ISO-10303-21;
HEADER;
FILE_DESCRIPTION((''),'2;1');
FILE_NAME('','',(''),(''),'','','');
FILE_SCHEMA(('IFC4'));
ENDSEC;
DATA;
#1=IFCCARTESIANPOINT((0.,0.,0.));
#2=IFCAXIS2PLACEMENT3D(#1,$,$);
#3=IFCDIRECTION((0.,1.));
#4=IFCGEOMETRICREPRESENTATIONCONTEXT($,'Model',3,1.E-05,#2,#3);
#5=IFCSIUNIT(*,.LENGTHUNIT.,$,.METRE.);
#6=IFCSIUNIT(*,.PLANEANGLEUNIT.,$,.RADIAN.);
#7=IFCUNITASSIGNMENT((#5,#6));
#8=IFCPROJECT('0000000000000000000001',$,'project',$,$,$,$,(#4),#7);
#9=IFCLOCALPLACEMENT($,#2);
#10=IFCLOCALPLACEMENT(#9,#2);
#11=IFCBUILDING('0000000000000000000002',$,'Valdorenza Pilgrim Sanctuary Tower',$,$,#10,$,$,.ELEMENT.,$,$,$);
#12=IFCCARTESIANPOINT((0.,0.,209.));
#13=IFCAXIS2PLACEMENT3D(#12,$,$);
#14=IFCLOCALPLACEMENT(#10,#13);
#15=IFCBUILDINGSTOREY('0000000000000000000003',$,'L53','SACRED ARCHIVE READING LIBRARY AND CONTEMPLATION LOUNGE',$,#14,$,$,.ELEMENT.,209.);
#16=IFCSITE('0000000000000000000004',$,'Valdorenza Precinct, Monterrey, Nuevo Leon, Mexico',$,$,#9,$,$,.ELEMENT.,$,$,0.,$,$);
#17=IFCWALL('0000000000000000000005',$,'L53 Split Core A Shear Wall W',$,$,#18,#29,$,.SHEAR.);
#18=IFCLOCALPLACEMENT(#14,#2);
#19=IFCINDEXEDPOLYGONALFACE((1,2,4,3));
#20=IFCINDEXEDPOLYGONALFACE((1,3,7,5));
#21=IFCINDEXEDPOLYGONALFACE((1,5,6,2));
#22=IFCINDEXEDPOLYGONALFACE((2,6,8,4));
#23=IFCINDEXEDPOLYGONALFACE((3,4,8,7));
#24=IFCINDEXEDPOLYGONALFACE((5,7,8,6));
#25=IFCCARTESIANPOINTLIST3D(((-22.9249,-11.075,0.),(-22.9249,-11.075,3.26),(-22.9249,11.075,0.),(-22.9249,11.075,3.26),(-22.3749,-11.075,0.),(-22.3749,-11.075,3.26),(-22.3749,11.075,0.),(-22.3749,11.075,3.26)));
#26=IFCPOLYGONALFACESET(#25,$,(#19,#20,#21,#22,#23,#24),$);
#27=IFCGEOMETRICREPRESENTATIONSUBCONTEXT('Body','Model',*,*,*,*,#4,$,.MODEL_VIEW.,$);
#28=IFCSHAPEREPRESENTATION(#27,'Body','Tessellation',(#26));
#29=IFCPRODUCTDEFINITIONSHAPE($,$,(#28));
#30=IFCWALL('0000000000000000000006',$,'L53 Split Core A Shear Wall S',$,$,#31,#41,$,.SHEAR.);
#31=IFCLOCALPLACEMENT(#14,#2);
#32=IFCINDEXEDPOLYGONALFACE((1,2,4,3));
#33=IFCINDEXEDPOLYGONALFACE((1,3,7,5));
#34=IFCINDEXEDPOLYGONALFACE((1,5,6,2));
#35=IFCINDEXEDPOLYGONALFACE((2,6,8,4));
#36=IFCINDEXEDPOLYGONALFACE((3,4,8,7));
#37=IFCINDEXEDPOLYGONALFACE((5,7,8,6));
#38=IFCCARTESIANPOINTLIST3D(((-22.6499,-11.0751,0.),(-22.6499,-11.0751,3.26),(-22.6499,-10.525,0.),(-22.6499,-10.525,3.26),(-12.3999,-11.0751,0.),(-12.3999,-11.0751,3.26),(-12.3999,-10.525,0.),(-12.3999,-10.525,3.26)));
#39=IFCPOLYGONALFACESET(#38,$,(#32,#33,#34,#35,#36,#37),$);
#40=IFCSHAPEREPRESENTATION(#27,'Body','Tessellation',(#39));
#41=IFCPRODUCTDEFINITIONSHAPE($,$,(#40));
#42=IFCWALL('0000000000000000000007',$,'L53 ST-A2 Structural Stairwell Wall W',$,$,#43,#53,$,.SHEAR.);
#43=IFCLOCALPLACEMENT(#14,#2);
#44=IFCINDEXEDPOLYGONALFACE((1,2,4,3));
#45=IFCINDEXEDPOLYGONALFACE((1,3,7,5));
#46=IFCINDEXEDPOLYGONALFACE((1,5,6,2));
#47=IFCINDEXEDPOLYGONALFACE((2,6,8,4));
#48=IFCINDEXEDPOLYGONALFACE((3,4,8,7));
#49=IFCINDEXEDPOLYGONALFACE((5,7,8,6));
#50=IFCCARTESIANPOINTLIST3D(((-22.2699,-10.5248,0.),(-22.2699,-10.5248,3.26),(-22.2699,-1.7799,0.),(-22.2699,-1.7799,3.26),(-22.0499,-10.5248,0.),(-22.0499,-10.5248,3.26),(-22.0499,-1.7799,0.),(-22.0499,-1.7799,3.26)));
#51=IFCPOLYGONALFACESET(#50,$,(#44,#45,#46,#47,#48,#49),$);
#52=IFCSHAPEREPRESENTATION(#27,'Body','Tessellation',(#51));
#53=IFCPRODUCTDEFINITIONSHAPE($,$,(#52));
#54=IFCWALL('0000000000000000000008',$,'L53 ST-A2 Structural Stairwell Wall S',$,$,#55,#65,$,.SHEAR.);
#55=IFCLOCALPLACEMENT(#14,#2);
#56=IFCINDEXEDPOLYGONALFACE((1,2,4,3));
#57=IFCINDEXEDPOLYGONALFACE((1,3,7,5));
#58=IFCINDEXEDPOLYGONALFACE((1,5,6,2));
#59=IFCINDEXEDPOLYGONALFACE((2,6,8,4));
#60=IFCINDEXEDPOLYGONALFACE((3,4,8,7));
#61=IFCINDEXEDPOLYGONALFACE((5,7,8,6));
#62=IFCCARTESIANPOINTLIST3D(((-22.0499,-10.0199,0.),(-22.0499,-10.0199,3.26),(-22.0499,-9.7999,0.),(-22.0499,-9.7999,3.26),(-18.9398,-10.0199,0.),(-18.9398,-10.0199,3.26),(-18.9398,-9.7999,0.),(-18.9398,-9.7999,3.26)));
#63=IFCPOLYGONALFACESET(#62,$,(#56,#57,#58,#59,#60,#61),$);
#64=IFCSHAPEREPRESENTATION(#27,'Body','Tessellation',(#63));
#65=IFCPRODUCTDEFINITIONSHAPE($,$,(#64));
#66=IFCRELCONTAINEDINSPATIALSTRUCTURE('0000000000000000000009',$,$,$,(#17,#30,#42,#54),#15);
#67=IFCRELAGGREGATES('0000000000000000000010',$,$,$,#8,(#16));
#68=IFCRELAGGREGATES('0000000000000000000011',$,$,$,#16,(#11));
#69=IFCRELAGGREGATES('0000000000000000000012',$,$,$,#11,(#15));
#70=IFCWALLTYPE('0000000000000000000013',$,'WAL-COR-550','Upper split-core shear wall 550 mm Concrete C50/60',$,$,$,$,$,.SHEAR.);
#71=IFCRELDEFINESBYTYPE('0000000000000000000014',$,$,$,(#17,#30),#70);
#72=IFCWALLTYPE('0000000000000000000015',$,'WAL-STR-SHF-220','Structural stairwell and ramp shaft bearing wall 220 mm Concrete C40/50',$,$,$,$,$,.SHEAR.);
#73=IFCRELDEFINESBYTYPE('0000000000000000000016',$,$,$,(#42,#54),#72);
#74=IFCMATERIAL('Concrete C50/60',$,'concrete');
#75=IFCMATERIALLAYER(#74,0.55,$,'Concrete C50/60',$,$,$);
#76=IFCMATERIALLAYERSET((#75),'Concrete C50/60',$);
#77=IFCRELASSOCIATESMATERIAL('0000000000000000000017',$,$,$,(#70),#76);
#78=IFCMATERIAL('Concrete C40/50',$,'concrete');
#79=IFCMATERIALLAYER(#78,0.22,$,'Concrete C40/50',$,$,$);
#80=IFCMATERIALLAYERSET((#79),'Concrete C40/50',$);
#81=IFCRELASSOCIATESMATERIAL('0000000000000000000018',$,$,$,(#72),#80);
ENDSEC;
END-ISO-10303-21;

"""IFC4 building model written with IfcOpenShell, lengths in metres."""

from ifc_helpers import new_model, si_unit, direction, frame, frame_2d, origin, place, context, subcontext, project, spatial, rectangle, extrude, material, layer, layer_set, type_object, element, save


model = new_model("IFC4")

# Units and contexts
model_context = context("Model", 3, precision=1e-05, world=origin(), true_north=direction((0.0, 1.0)))
body_context = subcontext(model_context, "Body", "Model", "MODEL_VIEW")
ifc_project = project(units=[si_unit("LENGTHUNIT", "METRE"), si_unit("PLANEANGLEUNIT", "RADIAN")], contexts=[model_context])

# Site, building, storey
site_placement = place(None, origin())
site = spatial("IfcSite", under=ifc_project, at=site_placement, Name="Valdorenza Precinct, Monterrey, Nuevo Leon, Mexico", CompositionType="ELEMENT", RefElevation=0.0)
building_placement = place(site_placement, origin())
building = spatial("IfcBuilding", under=site, at=building_placement, Name="Valdorenza Pilgrim Sanctuary Tower", CompositionType="ELEMENT")
storey_placement = place(building_placement, frame((0.0, 0.0, 209.0)))
storey = spatial("IfcBuildingStorey", under=building, at=storey_placement, Name="L53", Description="SACRED ARCHIVE READING LIBRARY AND CONTEMPLATION LOUNGE", CompositionType="ELEMENT", Elevation=209.0)

# Shared definitions
ifc_material_1 = material(Name="Concrete C50/60", Category="concrete")

# Walls
ifc_layer_1 = layer(ifc_material_1, 0.55, Name="Concrete C50/60")
ifc_layer_set_1 = layer_set([ifc_layer_1], Name="Concrete C50/60")
wall_type_1 = type_object("IfcWallType", Name="WAL-COR-550", Description="Upper split-core shear wall 550 mm Concrete C50/60", PredefinedType="SHEAR", material=ifc_layer_set_1)
wall_1_placement = place(storey_placement, frame((-22.6499, -11.075, 0.0), z_axis=(0.0, 0.0, 1.0), x_axis=(0.0, 1.0, 0.0)))
element("IfcWall", 1, at=wall_1_placement, inside=storey, type_object=wall_type_1, Name="L53 Split Core A Shear Wall W", PredefinedType="SHEAR", context=body_context, shape_type="SweptSolid", body=[
    extrude(rectangle(XDim=22.1499, YDim=0.55, at=frame_2d((11.075, 0.0))), origin(), (0.0, 0.0, 1.0), 3.26),
])
wall_2_placement = place(storey_placement, frame((-22.6499, -10.8, 0.0), z_axis=(0.0, 0.0, 1.0), x_axis=(1.0, 0.0, 0.0)))
element("IfcWall", 2, at=wall_2_placement, inside=storey, type_object=wall_type_1, Name="L53 Split Core A Shear Wall S", PredefinedType="SHEAR", context=body_context, shape_type="SweptSolid", body=[
    extrude(rectangle(XDim=10.25, YDim=0.55, at=frame_2d((5.125, 0.0))), origin(), (0.0, 0.0, 1.0), 3.26),
])
ifc_material_2 = material(Name="Concrete C40/50", Category="concrete")
ifc_layer_2 = layer(ifc_material_2, 0.22, Name="Concrete C40/50")
ifc_layer_set_2 = layer_set([ifc_layer_2], Name="Concrete C40/50")
wall_type_2 = type_object("IfcWallType", Name="WAL-STR-SHF-220", Description="Structural stairwell and ramp shaft bearing wall 220 mm Concrete C40/50", PredefinedType="SHEAR", material=ifc_layer_set_2)
wall_3_placement = place(storey_placement, frame((-22.1599, -10.5249, 0.0), z_axis=(0.0, 0.0, 1.0), x_axis=(0.0, 1.0, 0.0)))
element("IfcWall", 3, at=wall_3_placement, inside=storey, type_object=wall_type_2, Name="L53 ST-A2 Structural Stairwell Wall W", PredefinedType="SHEAR", context=body_context, shape_type="SweptSolid", body=[
    extrude(rectangle(XDim=8.7449, YDim=0.22, at=frame_2d((4.3726, 0.0))), origin(), (0.0, 0.0, 1.0), 3.26),
])
wall_4_placement = place(storey_placement, frame((-22.05, -9.9099, 0.0), z_axis=(0.0, 0.0, 1.0), x_axis=(1.0, 0.0, 0.0)))
element("IfcWall", 4, at=wall_4_placement, inside=storey, type_object=wall_type_2, Name="L53 ST-A2 Structural Stairwell Wall S", PredefinedType="SHEAR", context=body_context, shape_type="SweptSolid", body=[
    extrude(rectangle(XDim=3.1101, YDim=0.22, at=frame_2d((1.5552, 0.0))), origin(), (0.0, 0.0, 1.0), 3.26),
])

save(model, "model.ifc")
